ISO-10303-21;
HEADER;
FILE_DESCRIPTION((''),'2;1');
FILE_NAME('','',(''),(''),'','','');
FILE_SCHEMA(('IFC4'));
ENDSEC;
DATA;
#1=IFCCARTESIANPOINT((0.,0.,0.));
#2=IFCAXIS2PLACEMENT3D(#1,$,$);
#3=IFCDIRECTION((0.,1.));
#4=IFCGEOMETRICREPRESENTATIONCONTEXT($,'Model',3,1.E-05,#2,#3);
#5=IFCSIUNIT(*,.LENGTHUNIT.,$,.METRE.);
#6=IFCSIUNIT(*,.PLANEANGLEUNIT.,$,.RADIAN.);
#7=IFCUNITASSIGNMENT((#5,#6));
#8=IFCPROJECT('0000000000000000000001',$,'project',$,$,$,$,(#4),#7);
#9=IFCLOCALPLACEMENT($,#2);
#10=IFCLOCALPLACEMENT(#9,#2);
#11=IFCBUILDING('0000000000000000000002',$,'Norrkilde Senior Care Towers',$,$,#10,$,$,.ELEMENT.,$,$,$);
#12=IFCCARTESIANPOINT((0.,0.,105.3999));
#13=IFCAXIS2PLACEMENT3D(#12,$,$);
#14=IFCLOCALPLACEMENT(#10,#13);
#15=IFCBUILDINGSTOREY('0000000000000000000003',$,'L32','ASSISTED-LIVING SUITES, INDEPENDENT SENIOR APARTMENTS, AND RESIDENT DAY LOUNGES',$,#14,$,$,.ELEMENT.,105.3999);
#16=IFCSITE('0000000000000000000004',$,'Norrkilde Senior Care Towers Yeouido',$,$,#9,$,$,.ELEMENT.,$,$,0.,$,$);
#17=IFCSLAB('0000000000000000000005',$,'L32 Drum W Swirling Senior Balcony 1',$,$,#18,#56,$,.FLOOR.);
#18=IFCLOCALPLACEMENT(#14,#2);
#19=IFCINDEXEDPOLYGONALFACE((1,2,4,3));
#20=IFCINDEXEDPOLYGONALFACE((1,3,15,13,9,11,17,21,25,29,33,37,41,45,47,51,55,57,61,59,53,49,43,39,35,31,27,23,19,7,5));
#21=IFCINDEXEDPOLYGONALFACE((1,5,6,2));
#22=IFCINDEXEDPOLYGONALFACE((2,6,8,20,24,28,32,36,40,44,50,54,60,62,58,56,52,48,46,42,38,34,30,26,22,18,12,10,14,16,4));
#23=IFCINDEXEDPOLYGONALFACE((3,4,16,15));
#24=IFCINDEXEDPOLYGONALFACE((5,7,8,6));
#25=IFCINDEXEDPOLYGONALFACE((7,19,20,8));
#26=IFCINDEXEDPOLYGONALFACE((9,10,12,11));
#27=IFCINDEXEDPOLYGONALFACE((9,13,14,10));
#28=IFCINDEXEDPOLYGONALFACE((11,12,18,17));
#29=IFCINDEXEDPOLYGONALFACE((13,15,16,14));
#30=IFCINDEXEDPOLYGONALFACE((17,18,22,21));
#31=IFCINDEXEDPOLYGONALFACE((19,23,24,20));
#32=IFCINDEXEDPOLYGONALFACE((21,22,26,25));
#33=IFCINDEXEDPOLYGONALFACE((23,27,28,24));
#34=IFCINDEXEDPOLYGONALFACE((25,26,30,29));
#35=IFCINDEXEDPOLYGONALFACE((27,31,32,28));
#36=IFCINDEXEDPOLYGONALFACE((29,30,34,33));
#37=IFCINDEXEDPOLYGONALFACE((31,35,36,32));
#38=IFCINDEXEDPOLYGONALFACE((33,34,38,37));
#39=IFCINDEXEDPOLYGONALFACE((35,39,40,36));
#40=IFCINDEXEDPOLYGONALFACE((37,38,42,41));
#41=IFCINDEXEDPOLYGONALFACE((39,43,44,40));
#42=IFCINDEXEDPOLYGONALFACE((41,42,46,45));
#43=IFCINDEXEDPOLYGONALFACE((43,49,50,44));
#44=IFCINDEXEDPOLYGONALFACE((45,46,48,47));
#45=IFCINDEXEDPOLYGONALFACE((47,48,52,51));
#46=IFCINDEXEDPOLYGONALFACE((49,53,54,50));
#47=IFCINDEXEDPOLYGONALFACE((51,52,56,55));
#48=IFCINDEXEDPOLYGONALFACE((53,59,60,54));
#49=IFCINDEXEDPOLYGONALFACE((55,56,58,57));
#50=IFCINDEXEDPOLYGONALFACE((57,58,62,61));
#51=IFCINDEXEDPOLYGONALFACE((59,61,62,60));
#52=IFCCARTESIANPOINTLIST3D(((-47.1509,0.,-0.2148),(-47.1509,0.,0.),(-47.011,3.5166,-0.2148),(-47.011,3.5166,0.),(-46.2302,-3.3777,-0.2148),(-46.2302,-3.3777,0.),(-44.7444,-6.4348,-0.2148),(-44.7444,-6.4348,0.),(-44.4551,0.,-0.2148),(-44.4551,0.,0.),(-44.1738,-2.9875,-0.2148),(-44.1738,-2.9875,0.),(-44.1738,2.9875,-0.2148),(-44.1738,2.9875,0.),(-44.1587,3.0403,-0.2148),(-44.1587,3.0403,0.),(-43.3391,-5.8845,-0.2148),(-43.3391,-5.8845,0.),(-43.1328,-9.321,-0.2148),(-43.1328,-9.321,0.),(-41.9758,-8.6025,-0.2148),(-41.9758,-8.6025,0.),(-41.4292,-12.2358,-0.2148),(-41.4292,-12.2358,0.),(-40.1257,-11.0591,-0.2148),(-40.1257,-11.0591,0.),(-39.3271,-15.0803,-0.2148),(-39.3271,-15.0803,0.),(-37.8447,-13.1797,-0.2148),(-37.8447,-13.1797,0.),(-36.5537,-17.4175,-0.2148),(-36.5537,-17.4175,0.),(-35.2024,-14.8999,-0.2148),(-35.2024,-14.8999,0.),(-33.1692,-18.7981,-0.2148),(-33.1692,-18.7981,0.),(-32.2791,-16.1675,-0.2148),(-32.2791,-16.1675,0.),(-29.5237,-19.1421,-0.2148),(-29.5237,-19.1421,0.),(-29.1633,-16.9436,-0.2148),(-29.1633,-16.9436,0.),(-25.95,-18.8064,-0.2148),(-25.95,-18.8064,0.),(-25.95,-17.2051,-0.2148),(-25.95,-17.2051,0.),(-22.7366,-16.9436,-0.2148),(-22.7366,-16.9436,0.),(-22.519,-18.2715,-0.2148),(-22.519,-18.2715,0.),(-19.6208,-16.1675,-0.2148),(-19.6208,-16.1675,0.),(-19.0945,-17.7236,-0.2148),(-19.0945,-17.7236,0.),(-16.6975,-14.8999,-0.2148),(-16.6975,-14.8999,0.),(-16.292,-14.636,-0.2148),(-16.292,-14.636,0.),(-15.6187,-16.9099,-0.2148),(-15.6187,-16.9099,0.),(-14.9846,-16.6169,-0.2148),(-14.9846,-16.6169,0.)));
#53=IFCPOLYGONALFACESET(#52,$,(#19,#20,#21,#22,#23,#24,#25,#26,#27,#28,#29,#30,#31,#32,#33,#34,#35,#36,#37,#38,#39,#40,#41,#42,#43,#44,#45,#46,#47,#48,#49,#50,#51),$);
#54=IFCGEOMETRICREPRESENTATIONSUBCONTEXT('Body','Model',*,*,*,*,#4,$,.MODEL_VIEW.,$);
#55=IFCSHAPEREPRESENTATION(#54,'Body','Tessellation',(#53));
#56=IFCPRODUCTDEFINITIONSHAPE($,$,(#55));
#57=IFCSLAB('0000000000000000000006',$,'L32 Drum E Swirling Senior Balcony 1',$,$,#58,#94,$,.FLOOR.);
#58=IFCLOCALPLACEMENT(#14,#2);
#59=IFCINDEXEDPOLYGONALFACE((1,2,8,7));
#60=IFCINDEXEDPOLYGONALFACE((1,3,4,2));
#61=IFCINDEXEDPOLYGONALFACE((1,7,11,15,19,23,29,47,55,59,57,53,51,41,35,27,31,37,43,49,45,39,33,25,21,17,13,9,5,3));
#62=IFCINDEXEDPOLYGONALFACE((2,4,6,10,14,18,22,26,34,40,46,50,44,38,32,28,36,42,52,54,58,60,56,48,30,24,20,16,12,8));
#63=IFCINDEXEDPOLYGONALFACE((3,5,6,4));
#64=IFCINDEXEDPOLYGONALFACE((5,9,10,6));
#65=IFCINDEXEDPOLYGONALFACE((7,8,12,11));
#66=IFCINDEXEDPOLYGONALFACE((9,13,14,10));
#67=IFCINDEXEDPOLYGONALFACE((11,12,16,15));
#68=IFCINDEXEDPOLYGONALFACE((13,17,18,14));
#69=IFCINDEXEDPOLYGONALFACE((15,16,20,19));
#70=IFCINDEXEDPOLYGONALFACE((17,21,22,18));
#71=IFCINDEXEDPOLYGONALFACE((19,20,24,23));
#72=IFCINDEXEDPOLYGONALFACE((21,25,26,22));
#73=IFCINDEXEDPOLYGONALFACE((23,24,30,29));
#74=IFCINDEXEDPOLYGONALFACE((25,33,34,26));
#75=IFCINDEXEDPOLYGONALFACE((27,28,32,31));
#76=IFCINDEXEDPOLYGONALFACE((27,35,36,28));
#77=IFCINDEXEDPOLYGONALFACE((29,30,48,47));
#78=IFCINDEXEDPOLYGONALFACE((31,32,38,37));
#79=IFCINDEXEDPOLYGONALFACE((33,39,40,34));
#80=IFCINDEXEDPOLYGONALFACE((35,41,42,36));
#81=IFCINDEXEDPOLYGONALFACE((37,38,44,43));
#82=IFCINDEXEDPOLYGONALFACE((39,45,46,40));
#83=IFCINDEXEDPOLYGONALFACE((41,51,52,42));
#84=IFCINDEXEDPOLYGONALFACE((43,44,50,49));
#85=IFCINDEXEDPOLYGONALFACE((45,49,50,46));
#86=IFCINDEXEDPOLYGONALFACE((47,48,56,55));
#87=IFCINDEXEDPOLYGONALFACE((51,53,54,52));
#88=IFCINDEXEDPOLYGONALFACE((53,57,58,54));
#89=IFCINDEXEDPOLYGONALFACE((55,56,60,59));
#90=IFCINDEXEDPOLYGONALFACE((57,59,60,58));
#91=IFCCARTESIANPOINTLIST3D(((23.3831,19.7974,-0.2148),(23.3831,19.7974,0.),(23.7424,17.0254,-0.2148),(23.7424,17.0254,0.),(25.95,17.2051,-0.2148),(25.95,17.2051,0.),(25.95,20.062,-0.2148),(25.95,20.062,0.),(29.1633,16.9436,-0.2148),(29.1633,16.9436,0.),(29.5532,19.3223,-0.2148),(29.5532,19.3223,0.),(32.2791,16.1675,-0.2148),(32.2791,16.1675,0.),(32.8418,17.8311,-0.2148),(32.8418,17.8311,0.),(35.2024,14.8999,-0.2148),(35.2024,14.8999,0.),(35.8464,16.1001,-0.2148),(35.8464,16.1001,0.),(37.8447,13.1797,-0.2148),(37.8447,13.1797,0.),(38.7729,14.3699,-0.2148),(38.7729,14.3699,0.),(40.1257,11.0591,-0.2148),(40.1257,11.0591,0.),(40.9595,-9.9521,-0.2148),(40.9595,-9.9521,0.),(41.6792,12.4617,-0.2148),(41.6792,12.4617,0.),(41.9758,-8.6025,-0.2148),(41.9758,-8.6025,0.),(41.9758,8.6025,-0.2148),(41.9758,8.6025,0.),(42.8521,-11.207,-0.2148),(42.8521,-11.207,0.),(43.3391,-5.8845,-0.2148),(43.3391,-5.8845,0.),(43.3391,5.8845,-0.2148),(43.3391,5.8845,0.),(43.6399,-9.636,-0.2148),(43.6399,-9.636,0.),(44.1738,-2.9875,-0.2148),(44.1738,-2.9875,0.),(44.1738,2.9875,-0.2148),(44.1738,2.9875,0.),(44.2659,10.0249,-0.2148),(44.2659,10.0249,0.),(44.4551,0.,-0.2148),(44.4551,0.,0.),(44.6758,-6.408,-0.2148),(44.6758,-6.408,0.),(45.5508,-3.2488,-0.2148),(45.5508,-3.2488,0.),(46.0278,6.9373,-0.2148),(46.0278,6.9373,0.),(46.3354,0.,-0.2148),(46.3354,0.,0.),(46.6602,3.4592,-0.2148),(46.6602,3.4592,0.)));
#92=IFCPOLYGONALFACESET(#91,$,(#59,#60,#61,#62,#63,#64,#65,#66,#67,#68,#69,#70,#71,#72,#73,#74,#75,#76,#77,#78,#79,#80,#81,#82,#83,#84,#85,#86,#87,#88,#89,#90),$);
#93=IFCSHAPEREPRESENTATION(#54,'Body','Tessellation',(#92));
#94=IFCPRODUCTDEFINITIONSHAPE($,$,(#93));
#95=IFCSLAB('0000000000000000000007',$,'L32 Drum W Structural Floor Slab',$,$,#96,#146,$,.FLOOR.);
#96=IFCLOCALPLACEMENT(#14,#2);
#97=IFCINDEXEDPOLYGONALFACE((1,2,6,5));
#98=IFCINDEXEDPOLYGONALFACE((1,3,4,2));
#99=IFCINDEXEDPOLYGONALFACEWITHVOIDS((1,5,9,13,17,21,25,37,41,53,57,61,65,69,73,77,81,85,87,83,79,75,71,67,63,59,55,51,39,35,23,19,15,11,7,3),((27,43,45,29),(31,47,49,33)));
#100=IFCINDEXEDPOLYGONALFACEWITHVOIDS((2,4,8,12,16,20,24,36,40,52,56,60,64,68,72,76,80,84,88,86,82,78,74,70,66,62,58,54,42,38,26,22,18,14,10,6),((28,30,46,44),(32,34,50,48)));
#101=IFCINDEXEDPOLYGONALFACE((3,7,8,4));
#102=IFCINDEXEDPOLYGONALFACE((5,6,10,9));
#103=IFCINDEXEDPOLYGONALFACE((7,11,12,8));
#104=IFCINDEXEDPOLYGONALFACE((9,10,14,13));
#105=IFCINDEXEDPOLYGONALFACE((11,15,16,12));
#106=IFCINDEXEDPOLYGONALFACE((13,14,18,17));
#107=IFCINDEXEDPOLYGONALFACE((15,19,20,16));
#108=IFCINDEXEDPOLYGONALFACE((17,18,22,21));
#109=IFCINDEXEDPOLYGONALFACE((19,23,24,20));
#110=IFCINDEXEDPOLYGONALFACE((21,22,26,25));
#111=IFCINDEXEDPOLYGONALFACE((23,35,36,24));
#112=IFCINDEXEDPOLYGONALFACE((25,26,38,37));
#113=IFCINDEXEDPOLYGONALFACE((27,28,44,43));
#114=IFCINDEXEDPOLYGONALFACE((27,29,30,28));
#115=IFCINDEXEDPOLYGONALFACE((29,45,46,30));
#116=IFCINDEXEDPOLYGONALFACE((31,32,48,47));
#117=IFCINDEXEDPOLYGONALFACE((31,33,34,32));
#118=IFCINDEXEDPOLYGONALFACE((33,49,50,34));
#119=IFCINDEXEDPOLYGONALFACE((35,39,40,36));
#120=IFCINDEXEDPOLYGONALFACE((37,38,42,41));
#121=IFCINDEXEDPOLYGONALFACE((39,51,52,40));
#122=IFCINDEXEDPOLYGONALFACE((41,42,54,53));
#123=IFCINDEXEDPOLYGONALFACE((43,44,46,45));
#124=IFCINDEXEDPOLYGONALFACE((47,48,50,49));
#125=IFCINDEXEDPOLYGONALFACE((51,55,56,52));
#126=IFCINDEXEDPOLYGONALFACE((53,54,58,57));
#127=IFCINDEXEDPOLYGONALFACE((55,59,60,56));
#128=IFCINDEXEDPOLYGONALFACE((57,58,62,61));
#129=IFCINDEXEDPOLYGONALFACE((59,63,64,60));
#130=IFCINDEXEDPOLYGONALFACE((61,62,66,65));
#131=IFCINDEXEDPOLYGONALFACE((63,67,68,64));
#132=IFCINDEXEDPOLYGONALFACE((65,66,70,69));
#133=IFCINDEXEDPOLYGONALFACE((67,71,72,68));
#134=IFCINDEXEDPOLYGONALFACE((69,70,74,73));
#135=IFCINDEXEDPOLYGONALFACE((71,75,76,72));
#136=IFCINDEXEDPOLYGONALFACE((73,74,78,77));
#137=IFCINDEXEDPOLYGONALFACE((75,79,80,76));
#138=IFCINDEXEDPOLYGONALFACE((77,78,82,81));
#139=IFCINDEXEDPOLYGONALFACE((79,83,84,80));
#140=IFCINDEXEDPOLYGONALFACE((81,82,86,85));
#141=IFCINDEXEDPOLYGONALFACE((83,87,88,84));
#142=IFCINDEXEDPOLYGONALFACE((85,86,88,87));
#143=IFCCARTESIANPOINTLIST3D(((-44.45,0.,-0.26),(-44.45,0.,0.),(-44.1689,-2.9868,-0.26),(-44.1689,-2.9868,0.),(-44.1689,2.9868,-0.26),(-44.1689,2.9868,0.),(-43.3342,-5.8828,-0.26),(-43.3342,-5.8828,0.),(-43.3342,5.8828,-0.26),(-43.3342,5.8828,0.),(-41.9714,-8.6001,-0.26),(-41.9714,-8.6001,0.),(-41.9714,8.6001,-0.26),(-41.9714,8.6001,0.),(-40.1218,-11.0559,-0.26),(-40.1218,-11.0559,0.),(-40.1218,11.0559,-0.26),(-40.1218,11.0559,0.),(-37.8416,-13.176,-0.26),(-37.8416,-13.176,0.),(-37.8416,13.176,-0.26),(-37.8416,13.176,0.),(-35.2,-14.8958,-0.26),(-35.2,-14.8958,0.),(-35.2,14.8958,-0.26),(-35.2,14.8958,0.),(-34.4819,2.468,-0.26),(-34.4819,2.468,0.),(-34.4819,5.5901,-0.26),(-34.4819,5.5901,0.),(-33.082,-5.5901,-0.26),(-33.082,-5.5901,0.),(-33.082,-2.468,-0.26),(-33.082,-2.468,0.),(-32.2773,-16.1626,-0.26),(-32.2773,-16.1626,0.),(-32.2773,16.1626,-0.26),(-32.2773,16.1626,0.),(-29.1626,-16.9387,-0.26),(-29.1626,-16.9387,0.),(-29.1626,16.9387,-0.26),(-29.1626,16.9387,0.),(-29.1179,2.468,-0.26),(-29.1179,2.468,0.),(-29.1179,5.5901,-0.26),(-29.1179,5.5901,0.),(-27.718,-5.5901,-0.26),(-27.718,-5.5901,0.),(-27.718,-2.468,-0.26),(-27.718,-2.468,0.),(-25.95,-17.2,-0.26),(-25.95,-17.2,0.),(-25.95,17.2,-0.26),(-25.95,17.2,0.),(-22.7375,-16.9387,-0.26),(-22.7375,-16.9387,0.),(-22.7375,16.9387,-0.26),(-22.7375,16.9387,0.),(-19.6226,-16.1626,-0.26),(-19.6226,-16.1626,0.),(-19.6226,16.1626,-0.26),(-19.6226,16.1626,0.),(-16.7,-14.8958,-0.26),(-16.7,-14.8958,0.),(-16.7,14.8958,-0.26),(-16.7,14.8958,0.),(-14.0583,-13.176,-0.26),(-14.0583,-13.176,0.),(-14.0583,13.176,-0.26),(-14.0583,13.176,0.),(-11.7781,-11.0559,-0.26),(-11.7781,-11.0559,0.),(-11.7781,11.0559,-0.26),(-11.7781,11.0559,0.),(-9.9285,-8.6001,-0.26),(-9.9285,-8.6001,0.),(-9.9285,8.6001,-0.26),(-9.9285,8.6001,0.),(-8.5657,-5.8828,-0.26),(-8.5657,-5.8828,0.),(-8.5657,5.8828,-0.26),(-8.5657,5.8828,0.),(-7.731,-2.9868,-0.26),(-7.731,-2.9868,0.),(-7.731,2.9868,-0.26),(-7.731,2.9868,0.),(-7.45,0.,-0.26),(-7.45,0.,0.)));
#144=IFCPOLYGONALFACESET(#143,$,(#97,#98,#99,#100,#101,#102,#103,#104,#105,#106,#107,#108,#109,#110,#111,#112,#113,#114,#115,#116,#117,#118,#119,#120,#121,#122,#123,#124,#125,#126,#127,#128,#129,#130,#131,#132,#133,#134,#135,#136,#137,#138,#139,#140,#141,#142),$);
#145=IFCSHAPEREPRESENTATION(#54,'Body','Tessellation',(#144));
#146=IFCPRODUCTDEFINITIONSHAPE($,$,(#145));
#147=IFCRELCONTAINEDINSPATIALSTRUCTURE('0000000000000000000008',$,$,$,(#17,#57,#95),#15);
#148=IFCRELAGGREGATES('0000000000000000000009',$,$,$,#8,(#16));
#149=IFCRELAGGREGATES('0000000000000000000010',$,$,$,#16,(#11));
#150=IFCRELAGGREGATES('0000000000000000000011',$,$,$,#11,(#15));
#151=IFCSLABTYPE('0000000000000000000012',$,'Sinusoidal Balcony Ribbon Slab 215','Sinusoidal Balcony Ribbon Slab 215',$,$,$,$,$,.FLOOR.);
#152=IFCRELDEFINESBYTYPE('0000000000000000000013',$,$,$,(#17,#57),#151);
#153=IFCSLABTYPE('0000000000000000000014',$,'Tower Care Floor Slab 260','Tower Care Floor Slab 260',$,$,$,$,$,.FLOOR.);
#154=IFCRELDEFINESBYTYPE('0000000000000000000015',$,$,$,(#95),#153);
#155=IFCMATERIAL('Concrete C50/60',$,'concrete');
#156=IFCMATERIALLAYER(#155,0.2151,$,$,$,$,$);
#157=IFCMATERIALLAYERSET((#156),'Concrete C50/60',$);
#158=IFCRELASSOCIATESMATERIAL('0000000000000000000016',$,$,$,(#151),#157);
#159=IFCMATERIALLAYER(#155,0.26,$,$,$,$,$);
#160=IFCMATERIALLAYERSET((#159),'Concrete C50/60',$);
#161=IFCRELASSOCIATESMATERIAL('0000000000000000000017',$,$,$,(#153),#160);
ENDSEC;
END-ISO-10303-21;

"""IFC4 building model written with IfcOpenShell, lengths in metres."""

from ifc_helpers import new_model, si_unit, direction, frame, origin, place, context, subcontext, project, spatial, polyline, outline, extrude, material, layer, layer_set, type_object, element, save


model = new_model("IFC4")

# Units and contexts
model_context = context("Model", 3, precision=1e-05, world=origin(), true_north=direction((0.0, 1.0)))
body_context = subcontext(model_context, "Body", "Model", "MODEL_VIEW")
ifc_project = project(units=[si_unit("LENGTHUNIT", "METRE"), si_unit("PLANEANGLEUNIT", "RADIAN")], contexts=[model_context])

# Site, building, storey
site_placement = place(None, origin())
site = spatial("IfcSite", under=ifc_project, at=site_placement, Name="Norrkilde Senior Care Towers Yeouido", CompositionType="ELEMENT", RefElevation=0.0)
building_placement = place(site_placement, origin())
building = spatial("IfcBuilding", under=site, at=building_placement, Name="Norrkilde Senior Care Towers", CompositionType="ELEMENT")
storey_placement = place(building_placement, frame((0.0, 0.0, 105.3999)))
storey = spatial("IfcBuildingStorey", under=building, at=storey_placement, Name="L32", Description="ASSISTED-LIVING SUITES, INDEPENDENT SENIOR APARTMENTS, AND RESIDENT DAY LOUNGES", CompositionType="ELEMENT", Elevation=105.3999)

# Slabs
ifc_material_1 = material(Name="Concrete C50/60", Category="concrete")
ifc_layer_1 = layer(ifc_material_1, 0.2151)
ifc_layer_set_1 = layer_set([ifc_layer_1], Name="Concrete C50/60")
slab_type_1 = type_object("IfcSlabType", Name="Sinusoidal Balcony Ribbon Slab 215", Description="Sinusoidal Balcony Ribbon Slab 215", PredefinedType="FLOOR", material=ifc_layer_set_1)
slab_1_placement = place(storey_placement, frame((0.0, 0.0, -0.2148)))
element("IfcSlab", 1, at=slab_1_placement, inside=storey, type_object=slab_type_1, Name="L32 Drum W Swirling Senior Balcony 1", PredefinedType="FLOOR", context=body_context, shape_type="SweptSolid", body=[
    extrude(outline(polyline([(-19.0945, -17.7236), (-22.519, -18.2715), (-25.95, -18.8064), (-29.5237, -19.1421), (-33.1692, -18.7981), (-36.5537, -17.4175), (-39.3271, -15.0803), (-41.4292, -12.2358), (-43.1328, -9.321), (-44.7444, -6.4348), (-46.2302, -3.3777), (-47.1509, 0.0), (-47.011, 3.5166), (-44.1587, 3.0403), (-44.1738, 2.9875), (-44.4551, 0.0), (-44.1738, -2.9875), (-43.3391, -5.8845), (-41.9758, -8.6025), (-40.1257, -11.0591), (-37.8447, -13.1797), (-35.2024, -14.8999), (-32.2791, -16.1675), (-29.1633, -16.9436), (-25.95, -17.2051), (-22.7366, -16.9436), (-19.6208, -16.1675), (-16.6975, -14.8999), (-16.292, -14.636), (-14.9846, -16.6169), (-15.6187, -16.9099), (-19.0945, -17.7236)])), origin(), (0.0, 0.0, 1.0), 0.2148),
])
slab_2_placement = place(storey_placement, frame((0.0, 0.0, -0.2148)))
element("IfcSlab", 2, at=slab_2_placement, inside=storey, type_object=slab_type_1, Name="L32 Drum E Swirling Senior Balcony 1", PredefinedType="FLOOR", context=body_context, shape_type="SweptSolid", body=[
    extrude(outline(polyline([(43.6399, -9.636), (42.8521, -11.207), (40.9595, -9.9521), (41.9758, -8.6025), (43.3391, -5.8845), (44.1738, -2.9875), (44.4551, 0.0), (44.1738, 2.9875), (43.3391, 5.8845), (41.9758, 8.6025), (40.1257, 11.0591), (37.8447, 13.1797), (35.2024, 14.8999), (32.2791, 16.1675), (29.1633, 16.9436), (25.95, 17.2051), (23.7424, 17.0254), (23.3831, 19.7974), (25.95, 20.062), (29.5532, 19.3223), (32.8418, 17.8311), (35.8464, 16.1001), (38.7729, 14.3699), (41.6792, 12.4617), (44.2659, 10.0249), (46.0278, 6.9373), (46.6602, 3.4592), (46.3354, 0.0), (45.5508, -3.2488), (44.6758, -6.408), (43.6399, -9.636)])), origin(), (0.0, 0.0, 1.0), 0.2148),
])
ifc_layer_2 = layer(ifc_material_1, 0.26)
ifc_layer_set_2 = layer_set([ifc_layer_2], Name="Concrete C50/60")
slab_type_2 = type_object("IfcSlabType", Name="Tower Care Floor Slab 260", Description="Tower Care Floor Slab 260", PredefinedType="FLOOR", material=ifc_layer_set_2)
slab_3_placement = place(storey_placement, frame((0.0, 0.0, -0.26)))
element("IfcSlab", 3, at=slab_3_placement, inside=storey, type_object=slab_type_2, Name="L32 Drum W Structural Floor Slab", PredefinedType="FLOOR", context=body_context, shape_type="SweptSolid", body=[
    extrude(outline(polyline([(-8.5657, -5.8828), (-9.9285, -8.6001), (-11.7781, -11.0559), (-14.0583, -13.176), (-16.7, -14.8958), (-19.6226, -16.1626), (-22.7375, -16.9387), (-25.95, -17.2), (-29.1626, -16.9387), (-32.2773, -16.1626), (-35.2, -14.8958), (-37.8416, -13.176), (-40.1218, -11.0559), (-41.9714, -8.6001), (-43.3342, -5.8828), (-44.1689, -2.9868), (-44.45, 0.0), (-44.1689, 2.9868), (-43.3342, 5.8828), (-41.9714, 8.6001), (-40.1218, 11.0559), (-37.8416, 13.176), (-35.2, 14.8958), (-32.2773, 16.1626), (-29.1626, 16.9387), (-25.95, 17.2), (-22.7375, 16.9387), (-19.6226, 16.1626), (-16.7, 14.8958), (-14.0583, 13.176), (-11.7781, 11.0559), (-9.9285, 8.6001), (-8.5657, 5.8828), (-7.731, 2.9868), (-7.45, 0.0), (-7.731, -2.9868), (-8.5657, -5.8828)]), holes=[polyline([(-34.4819, 2.468), (-29.1179, 2.468), (-29.1179, 5.5901), (-34.4819, 5.5901), (-34.4819, 2.468)]), polyline([(-27.718, -5.5901), (-27.718, -2.468), (-33.082, -2.468), (-33.082, -5.5901), (-27.718, -5.5901)])]), origin(), (0.0, 0.0, 1.0), 0.26),
])

save(model, "model.ifc")
